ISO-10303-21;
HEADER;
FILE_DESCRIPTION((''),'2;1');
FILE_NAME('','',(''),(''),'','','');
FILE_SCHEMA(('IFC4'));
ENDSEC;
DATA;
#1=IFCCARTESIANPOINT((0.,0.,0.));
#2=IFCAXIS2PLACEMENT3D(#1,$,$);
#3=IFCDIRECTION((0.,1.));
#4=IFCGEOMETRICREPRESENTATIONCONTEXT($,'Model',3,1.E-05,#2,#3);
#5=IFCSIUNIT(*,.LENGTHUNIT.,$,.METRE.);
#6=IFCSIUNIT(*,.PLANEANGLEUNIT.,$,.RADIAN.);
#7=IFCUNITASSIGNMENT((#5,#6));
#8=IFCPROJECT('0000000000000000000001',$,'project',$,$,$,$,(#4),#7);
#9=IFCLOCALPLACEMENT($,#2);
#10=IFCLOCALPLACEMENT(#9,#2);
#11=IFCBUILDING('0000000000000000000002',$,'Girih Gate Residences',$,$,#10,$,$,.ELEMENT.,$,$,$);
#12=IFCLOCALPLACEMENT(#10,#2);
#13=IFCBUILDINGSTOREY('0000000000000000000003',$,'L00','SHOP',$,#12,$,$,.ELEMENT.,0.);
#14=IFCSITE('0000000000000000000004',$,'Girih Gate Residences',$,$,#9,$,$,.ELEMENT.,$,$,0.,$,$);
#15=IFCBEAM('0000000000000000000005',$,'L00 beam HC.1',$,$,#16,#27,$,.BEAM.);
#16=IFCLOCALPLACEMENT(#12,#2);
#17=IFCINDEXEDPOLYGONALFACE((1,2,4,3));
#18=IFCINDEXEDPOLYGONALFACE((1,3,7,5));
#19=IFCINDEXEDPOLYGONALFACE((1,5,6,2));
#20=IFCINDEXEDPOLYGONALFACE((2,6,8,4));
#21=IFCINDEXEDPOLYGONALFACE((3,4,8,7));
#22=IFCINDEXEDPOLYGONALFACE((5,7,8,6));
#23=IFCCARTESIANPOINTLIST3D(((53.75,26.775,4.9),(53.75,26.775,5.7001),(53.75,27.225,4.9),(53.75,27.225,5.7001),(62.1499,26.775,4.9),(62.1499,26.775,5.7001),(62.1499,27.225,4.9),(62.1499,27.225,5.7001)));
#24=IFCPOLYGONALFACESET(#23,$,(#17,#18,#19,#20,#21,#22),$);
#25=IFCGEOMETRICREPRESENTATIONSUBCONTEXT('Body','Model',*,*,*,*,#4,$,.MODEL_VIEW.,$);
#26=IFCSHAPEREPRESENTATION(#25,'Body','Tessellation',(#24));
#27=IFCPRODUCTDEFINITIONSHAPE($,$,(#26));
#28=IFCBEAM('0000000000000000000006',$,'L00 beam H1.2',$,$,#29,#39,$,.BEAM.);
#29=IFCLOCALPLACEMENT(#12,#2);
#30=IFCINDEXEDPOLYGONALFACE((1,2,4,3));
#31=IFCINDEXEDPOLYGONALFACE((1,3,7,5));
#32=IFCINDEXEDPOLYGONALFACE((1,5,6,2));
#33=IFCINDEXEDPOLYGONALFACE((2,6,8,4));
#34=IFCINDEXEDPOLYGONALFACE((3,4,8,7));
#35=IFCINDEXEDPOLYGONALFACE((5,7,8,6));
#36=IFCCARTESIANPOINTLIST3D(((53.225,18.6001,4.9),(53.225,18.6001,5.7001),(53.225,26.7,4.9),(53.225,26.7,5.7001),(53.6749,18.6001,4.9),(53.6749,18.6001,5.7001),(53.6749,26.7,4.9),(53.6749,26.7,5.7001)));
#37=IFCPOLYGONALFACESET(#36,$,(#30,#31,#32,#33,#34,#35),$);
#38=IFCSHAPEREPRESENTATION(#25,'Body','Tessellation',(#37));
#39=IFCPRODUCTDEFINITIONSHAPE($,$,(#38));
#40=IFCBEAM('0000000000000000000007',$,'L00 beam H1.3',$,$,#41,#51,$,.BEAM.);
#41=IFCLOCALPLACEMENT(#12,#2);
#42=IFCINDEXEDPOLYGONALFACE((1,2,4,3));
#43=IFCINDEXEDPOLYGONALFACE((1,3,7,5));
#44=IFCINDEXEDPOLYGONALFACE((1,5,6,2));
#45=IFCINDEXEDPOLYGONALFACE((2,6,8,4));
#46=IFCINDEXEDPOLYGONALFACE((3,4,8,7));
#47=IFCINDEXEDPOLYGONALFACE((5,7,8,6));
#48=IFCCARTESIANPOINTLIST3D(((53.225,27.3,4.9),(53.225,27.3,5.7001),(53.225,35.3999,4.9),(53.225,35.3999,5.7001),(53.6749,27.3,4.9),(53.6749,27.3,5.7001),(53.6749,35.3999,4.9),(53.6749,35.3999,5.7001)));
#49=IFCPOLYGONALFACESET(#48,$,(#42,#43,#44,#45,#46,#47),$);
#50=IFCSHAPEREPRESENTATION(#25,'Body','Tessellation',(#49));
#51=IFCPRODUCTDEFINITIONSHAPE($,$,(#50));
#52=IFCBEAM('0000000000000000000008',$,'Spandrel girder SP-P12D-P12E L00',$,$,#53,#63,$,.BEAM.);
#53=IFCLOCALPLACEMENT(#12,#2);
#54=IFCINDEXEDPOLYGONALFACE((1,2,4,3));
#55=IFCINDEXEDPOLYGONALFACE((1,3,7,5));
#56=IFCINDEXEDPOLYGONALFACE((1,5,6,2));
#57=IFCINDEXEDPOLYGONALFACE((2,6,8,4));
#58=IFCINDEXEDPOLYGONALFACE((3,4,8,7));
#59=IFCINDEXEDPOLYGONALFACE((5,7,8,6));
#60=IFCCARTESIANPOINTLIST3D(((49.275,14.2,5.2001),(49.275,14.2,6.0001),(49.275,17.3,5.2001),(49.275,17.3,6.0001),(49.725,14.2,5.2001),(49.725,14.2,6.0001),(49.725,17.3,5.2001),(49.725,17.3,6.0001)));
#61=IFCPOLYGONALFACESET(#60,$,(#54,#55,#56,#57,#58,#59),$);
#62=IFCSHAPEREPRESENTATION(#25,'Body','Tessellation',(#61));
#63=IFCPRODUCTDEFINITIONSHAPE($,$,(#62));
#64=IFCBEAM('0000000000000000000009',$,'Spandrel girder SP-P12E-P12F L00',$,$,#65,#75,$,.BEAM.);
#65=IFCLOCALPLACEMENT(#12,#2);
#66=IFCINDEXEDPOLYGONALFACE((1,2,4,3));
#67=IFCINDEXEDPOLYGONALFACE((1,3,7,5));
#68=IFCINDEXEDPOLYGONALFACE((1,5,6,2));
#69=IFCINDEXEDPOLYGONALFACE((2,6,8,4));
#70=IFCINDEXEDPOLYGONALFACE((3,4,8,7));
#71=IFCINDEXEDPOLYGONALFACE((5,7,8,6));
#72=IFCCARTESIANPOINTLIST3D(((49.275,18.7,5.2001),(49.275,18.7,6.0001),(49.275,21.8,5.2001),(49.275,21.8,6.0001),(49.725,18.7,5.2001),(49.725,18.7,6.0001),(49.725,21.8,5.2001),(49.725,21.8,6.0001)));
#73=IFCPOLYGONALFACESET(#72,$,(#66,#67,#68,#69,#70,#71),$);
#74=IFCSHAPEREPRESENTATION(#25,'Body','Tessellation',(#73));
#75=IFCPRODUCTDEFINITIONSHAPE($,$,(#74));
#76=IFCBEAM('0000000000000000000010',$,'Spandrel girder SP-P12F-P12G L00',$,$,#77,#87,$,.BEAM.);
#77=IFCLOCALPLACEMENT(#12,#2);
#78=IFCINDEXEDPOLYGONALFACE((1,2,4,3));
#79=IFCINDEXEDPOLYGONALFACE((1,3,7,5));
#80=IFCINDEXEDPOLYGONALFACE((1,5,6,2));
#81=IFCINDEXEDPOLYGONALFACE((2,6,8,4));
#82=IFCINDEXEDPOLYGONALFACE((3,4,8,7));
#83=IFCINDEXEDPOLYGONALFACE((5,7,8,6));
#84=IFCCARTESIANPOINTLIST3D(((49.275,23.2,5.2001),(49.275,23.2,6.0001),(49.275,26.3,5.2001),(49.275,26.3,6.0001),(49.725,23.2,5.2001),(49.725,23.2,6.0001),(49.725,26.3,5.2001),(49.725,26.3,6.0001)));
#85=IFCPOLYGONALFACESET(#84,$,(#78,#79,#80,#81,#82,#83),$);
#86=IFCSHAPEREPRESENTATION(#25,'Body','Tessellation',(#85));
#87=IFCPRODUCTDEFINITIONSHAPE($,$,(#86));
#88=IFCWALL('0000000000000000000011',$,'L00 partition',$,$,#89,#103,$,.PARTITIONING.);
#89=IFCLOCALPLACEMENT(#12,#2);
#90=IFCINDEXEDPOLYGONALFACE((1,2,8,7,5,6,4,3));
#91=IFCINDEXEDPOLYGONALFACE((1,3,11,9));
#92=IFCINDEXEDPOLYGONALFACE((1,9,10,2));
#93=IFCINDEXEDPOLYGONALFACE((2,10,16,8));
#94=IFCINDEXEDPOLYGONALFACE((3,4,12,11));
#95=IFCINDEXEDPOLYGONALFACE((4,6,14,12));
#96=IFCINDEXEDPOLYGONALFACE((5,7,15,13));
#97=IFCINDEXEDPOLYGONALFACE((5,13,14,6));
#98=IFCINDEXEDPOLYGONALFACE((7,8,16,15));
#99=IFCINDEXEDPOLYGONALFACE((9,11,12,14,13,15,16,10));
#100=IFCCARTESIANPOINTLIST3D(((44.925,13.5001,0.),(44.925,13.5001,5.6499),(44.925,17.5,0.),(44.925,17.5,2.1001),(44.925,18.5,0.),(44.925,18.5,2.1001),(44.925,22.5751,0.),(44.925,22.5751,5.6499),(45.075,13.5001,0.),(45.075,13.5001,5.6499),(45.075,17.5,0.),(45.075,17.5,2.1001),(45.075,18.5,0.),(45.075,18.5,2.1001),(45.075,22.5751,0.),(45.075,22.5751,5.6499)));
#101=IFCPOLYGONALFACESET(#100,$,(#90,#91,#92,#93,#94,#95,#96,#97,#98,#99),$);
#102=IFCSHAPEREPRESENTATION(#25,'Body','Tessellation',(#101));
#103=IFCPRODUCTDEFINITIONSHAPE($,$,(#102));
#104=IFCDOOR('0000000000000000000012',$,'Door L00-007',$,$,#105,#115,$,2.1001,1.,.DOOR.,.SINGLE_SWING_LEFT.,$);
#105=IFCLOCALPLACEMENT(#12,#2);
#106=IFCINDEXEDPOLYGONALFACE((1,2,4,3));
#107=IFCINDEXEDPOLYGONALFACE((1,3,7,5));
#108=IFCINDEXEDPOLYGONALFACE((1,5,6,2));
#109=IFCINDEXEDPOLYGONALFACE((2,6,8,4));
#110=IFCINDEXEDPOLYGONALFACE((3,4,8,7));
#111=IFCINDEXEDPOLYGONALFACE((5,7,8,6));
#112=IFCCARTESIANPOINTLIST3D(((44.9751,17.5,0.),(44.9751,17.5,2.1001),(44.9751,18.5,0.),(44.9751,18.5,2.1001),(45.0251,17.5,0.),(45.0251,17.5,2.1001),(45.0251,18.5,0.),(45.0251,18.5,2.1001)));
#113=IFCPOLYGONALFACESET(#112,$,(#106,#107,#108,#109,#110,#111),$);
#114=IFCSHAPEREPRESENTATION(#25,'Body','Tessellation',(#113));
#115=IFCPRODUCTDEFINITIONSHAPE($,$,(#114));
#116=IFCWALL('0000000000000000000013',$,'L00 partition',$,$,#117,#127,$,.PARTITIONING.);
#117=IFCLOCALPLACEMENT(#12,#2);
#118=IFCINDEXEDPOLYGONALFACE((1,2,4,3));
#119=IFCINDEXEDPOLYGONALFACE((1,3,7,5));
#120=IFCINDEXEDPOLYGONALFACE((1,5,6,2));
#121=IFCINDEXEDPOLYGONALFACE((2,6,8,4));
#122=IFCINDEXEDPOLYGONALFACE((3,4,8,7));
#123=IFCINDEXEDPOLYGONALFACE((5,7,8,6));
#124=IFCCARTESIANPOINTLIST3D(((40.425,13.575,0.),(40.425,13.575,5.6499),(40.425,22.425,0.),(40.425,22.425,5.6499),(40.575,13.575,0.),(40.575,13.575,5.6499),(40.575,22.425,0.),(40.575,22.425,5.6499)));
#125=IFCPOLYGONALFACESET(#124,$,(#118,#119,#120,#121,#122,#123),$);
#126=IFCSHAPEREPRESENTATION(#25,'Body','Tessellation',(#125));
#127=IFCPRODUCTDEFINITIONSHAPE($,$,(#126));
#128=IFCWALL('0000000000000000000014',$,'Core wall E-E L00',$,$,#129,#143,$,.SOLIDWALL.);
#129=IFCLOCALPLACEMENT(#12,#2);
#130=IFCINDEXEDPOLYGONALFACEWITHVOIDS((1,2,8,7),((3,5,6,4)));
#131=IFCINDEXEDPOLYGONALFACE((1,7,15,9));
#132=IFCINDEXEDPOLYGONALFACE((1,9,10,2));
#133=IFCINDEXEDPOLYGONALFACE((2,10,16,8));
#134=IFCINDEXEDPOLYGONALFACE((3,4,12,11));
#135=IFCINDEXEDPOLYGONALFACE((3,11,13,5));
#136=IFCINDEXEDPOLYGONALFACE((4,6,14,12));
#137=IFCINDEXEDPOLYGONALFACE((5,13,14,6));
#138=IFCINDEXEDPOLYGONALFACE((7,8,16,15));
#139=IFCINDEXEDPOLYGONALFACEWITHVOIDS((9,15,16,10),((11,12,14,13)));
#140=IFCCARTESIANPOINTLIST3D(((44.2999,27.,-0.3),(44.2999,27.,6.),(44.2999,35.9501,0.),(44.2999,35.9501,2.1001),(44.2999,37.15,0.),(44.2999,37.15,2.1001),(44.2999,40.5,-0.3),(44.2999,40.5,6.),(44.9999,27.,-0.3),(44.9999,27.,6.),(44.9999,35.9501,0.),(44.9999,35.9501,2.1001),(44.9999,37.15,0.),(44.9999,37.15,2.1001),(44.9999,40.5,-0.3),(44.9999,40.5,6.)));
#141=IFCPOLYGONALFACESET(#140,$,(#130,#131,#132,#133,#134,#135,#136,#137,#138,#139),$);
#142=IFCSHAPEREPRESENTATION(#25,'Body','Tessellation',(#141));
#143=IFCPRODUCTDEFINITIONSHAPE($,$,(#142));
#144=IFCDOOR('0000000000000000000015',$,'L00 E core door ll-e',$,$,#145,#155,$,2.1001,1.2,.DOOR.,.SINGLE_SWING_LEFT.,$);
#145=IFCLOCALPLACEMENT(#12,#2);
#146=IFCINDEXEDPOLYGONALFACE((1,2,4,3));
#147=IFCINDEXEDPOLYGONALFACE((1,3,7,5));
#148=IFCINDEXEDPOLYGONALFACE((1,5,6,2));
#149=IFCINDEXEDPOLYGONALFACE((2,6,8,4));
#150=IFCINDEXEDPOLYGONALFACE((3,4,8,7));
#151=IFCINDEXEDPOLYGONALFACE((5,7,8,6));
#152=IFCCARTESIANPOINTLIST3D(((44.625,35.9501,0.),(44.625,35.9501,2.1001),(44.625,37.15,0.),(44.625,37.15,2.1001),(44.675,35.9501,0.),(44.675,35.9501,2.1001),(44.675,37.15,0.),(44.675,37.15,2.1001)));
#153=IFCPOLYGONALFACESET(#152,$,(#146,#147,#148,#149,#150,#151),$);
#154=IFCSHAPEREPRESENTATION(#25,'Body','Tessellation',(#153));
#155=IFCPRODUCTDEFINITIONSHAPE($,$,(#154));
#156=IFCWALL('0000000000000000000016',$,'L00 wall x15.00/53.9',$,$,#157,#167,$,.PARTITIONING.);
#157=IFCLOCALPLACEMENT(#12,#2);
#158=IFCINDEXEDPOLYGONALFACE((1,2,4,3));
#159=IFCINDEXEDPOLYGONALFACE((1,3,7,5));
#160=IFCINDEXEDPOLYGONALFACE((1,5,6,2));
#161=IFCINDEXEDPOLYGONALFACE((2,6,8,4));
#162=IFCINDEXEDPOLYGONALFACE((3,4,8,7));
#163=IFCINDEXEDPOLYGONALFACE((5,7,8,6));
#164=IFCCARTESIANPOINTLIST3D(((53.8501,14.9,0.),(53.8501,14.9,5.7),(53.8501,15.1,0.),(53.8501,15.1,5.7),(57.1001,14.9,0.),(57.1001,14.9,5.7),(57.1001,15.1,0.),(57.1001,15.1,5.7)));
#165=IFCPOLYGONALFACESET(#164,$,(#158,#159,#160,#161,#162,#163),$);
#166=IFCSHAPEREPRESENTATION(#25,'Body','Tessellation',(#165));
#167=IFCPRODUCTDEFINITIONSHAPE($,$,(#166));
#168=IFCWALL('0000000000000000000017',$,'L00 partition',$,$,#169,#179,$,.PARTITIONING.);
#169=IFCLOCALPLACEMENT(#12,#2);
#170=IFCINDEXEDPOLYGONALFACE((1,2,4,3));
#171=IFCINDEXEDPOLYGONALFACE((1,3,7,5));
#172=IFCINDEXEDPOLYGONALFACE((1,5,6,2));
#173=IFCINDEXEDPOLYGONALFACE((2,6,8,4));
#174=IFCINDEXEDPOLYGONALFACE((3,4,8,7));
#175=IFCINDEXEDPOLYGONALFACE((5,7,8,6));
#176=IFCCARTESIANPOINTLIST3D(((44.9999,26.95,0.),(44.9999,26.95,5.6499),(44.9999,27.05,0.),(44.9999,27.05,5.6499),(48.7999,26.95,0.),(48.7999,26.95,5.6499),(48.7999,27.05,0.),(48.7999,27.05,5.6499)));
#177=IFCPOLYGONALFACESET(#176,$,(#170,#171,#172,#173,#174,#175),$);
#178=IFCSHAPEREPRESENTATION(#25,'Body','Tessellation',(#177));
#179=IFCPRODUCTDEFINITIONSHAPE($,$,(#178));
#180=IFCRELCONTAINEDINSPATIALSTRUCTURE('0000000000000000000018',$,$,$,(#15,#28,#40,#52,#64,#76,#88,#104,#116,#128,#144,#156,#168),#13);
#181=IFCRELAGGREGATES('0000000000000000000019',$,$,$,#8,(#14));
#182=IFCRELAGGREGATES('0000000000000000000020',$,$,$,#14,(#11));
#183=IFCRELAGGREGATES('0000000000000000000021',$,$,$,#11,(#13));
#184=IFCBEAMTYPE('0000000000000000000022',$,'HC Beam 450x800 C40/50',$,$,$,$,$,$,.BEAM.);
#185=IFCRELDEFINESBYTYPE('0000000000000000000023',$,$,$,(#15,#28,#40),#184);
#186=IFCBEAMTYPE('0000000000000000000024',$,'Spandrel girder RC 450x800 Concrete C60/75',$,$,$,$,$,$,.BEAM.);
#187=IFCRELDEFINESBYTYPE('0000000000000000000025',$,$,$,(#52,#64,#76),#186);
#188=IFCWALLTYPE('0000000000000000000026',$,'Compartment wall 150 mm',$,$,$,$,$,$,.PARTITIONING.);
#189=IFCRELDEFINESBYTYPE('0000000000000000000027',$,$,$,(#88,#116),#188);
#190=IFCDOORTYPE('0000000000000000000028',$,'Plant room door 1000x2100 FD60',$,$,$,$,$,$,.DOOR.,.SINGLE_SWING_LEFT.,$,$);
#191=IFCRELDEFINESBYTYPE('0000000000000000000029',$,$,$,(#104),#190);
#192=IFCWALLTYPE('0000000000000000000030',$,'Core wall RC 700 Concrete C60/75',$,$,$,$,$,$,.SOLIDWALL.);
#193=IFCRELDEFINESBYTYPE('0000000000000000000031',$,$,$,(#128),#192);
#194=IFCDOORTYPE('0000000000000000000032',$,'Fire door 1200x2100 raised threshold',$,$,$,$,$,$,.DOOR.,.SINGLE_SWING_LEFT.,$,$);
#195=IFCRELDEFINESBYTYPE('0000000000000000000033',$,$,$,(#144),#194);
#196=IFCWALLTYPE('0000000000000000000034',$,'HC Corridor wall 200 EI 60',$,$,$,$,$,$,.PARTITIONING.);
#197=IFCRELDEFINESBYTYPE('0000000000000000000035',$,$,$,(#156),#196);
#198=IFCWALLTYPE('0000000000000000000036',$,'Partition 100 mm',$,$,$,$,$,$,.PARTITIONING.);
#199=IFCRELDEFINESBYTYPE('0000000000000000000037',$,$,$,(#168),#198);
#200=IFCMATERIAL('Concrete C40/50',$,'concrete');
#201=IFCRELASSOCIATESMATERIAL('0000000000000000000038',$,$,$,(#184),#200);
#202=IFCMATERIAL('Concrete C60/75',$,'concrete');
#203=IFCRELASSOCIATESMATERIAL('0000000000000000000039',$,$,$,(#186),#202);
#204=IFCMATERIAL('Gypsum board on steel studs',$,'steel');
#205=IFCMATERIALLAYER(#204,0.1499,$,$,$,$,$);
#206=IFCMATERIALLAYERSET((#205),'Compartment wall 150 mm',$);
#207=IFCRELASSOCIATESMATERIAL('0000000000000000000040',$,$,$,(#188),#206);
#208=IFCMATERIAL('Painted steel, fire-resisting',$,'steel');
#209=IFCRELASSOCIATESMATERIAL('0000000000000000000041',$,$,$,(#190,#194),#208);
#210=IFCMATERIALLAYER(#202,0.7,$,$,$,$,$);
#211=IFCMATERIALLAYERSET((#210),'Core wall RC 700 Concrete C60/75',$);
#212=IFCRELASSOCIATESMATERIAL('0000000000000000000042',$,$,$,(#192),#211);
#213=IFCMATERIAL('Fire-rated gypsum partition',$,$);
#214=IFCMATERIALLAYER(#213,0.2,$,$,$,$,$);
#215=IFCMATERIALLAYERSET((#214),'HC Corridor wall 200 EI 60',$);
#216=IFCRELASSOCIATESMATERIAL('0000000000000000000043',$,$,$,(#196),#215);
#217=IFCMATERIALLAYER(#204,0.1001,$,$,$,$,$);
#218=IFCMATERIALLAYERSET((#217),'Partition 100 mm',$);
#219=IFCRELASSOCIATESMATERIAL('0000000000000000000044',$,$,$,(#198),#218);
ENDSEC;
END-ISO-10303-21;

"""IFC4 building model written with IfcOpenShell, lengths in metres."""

from ifc_helpers import new_model, si_unit, direction, frame, frame_2d, origin, origin_2d, place, context, subcontext, project, spatial, rectangle, extrude, material, layer, layer_set, material_profile, profile_set, type_object, element, fill, save


model = new_model("IFC4")

# Units and contexts
model_context = context("Model", 3, precision=1e-05, world=origin(), true_north=direction((0.0, 1.0)))
body_context = subcontext(model_context, "Body", "Model", "MODEL_VIEW")
ifc_project = project(units=[si_unit("LENGTHUNIT", "METRE"), si_unit("PLANEANGLEUNIT", "RADIAN")], contexts=[model_context])

# Site, building, storey
site_placement = place(None, origin())
site = spatial("IfcSite", under=ifc_project, at=site_placement, Name="Girih Gate Residences", CompositionType="ELEMENT", RefElevation=0.0)
building_placement = place(site_placement, origin())
building = spatial("IfcBuilding", under=site, at=building_placement, Name="Girih Gate Residences", CompositionType="ELEMENT")
storey_placement = place(building_placement, origin())
storey = spatial("IfcBuildingStorey", under=building, at=storey_placement, Name="L00", Description="SHOP", CompositionType="ELEMENT", Elevation=0.0)

# Shared definitions
ifc_material_1 = material(Name="Concrete C40/50", Category="concrete")

# Beams
ifc_material_profile_1 = material_profile(ifc_material_1, rectangle(XDim=0.45, YDim=0.8, at=origin_2d()))
ifc_profile_set_1 = profile_set([ifc_material_profile_1], Name="Concrete C40/50")
beam_type_1 = type_object("IfcBeamType", Name="HC Beam 450x800 C40/50", PredefinedType="BEAM", material=ifc_profile_set_1)
beam_placement = place(storey_placement, frame((53.75, 27.0, 5.3), z_axis=(1.0, 0.0, 0.0), x_axis=(0.0, 1.0, 0.0)))
element("IfcBeam", 1, at=beam_placement, inside=storey, type_object=beam_type_1, Name="L00 beam HC.1", PredefinedType="BEAM", context=body_context, shape_type="SweptSolid", body=[
    extrude(rectangle(XDim=0.45, YDim=0.8, at=origin_2d()), origin(), (0.0, 0.0, 1.0), 8.3999),
])
for number, where, z_axis, x_axis, name in (
    (2, (53.45, 18.6001, 5.3), (0.0, 1.0, 0.0), (-1.0, 0.0, 0.0), "L00 beam H1.2"),
    (3, (53.45, 27.3, 5.3), (0.0, 1.0, 0.0), (-1.0, 0.0, 0.0), "L00 beam H1.3"),
):
    element("IfcBeam", number, at=place(storey_placement, frame(where, z_axis=z_axis, x_axis=x_axis)), inside=storey, type_object=beam_type_1, Name=name, PredefinedType="BEAM", context=body_context, shape_type="SweptSolid", body=[
        extrude(rectangle(XDim=0.45, YDim=0.8, at=origin_2d()), origin(), (0.0, 0.0, 1.0), 8.0999),
    ])
ifc_material_2 = material(Name="Concrete C60/75", Category="concrete")
ifc_material_profile_2 = material_profile(ifc_material_2, rectangle(XDim=0.45, YDim=0.8, at=origin_2d()))
ifc_profile_set_2 = profile_set([ifc_material_profile_2], Name="Concrete C60/75")
beam_type_2 = type_object("IfcBeamType", Name="Spandrel girder RC 450x800 Concrete C60/75", PredefinedType="BEAM", material=ifc_profile_set_2)
for number, where, z_axis, x_axis, name in (
    (4, (49.5, 14.2, 5.6001), (0.0, 1.0, 0.0), (-1.0, 0.0, 0.0), "Spandrel girder SP-P12D-P12E L00"),
    (5, (49.5, 18.7, 5.6001), (0.0, 1.0, 0.0), (-1.0, 0.0, 0.0), "Spandrel girder SP-P12E-P12F L00"),
    (6, (49.5, 23.2, 5.6001), (0.0, 1.0, 0.0), (-1.0, 0.0, 0.0), "Spandrel girder SP-P12F-P12G L00"),
):
    element("IfcBeam", number, at=place(storey_placement, frame(where, z_axis=z_axis, x_axis=x_axis)), inside=storey, type_object=beam_type_2, Name=name, PredefinedType="BEAM", context=body_context, shape_type="SweptSolid", body=[
        extrude(rectangle(XDim=0.45, YDim=0.8, at=origin_2d()), origin(), (0.0, 0.0, 1.0), 3.1001),
    ])

# Wall, opening, door
ifc_material_3 = material(Name="Gypsum board on steel studs", Category="steel")
ifc_layer_1 = layer(ifc_material_3, 0.1499)
ifc_layer_set_1 = layer_set([ifc_layer_1], Name="Compartment wall 150 mm")
wall_type_1 = type_object("IfcWallType", Name="Compartment wall 150 mm", PredefinedType="PARTITIONING", material=ifc_layer_set_1)
wall_1_placement = place(storey_placement, frame((45.0, 13.5, 0.0), z_axis=(0.0, 0.0, 1.0), x_axis=(0.0, 1.0, 0.0)))
wall_1 = element("IfcWall", 7, at=wall_1_placement, inside=storey, type_object=wall_type_1, Name="L00 partition", PredefinedType="PARTITIONING", context=body_context, shape_type="SweptSolid", body=[
    extrude(rectangle(XDim=9.075, YDim=0.1499, at=frame_2d((4.5376, 0.0))), origin(), (0.0, 0.0, 1.0), 5.6499),
])
opening_1_placement = place(wall_1_placement, frame((4.0, 0.0, 0.0)))
opening_1 = element("IfcOpeningElement", 8, at=opening_1_placement, cuts=wall_1, PredefinedType="OPENING", context=body_context, shape_type="SweptSolid", body=[
    extrude(rectangle(XDim=1.0, YDim=2.1001, at=frame_2d((0.5, 1.05))), frame((0.0, 0.085, 0.0), z_axis=(0.0, -1.0, 0.0), x_axis=(1.0, 0.0, 0.0)), (0.0, 0.0, 1.0), 0.1699),
])
ifc_material_4 = material(Name="Painted steel, fire-resisting", Category="steel")
door_type_1 = type_object("IfcDoorType", Name="Plant room door 1000x2100 FD60", OperationType="SINGLE_SWING_LEFT", PredefinedType="DOOR", material=ifc_material_4)
door_1_placement = place(opening_1_placement, origin())
door_1 = element("IfcDoor", 9, at=door_1_placement, inside=storey, type_object=door_type_1, Name="Door L00-007", OperationType="SINGLE_SWING_LEFT", OverallHeight=2.1001, OverallWidth=1.0, PredefinedType="DOOR", context=body_context, shape_type="SweptSolid", body=[
    extrude(rectangle(XDim=1.0, YDim=2.1001, at=frame_2d((0.5, 1.05))), frame((0.0, 0.0249, 0.0), z_axis=(0.0, -1.0, 0.0), x_axis=(1.0, 0.0, 0.0)), (0.0, 0.0, 1.0), 0.05),
])
fill(opening_1, door_1)

# Wall
wall_2_placement = place(storey_placement, frame((40.5, 13.575, 0.0), z_axis=(0.0, 0.0, 1.0), x_axis=(0.0, 1.0, 0.0)))
element("IfcWall", 10, at=wall_2_placement, inside=storey, type_object=wall_type_1, Name="L00 partition", PredefinedType="PARTITIONING", context=body_context, shape_type="SweptSolid", body=[
    extrude(rectangle(XDim=8.8501, YDim=0.1499, at=frame_2d((4.425, 0.0))), origin(), (0.0, 0.0, 1.0), 5.6499),
])

# Wall, opening, door
ifc_layer_2 = layer(ifc_material_2, 0.7)
ifc_layer_set_2 = layer_set([ifc_layer_2], Name="Core wall RC 700 Concrete C60/75")
wall_type_2 = type_object("IfcWallType", Name="Core wall RC 700 Concrete C60/75", PredefinedType="SOLIDWALL", material=ifc_layer_set_2)
wall_3_placement = place(storey_placement, frame((44.6499, 27.0, -0.3), z_axis=(0.0, 0.0, 1.0), x_axis=(0.0, 1.0, 0.0)))
wall_3 = element("IfcWall", 11, at=wall_3_placement, inside=storey, type_object=wall_type_2, Name="Core wall E-E L00", PredefinedType="SOLIDWALL", context=body_context, shape_type="SweptSolid", body=[
    extrude(rectangle(XDim=13.5, YDim=0.7, at=frame_2d((6.75, 0.0))), origin(), (0.0, 0.0, 1.0), 6.3),
])
opening_2_placement = place(wall_3_placement, frame((8.95, 0.0, 0.3)))
opening_2 = element("IfcOpeningElement", 12, at=opening_2_placement, cuts=wall_3, PredefinedType="OPENING", context=body_context, shape_type="SweptSolid", body=[
    extrude(rectangle(XDim=1.2, YDim=2.1001, at=frame_2d((0.6001, 1.05))), frame((0.0, 0.3599, 0.0), z_axis=(0.0, -1.0, 0.0), x_axis=(1.0, 0.0, 0.0)), (0.0, 0.0, 1.0), 0.72),
])
door_type_2 = type_object("IfcDoorType", Name="Fire door 1200x2100 raised threshold", OperationType="SINGLE_SWING_LEFT", PredefinedType="DOOR", material=ifc_material_4)
door_2_placement = place(opening_2_placement, origin())
door_2 = element("IfcDoor", 13, at=door_2_placement, inside=storey, type_object=door_type_2, Name="L00 E core door ll-e", OperationType="SINGLE_SWING_LEFT", OverallHeight=2.1001, OverallWidth=1.2, PredefinedType="DOOR", context=body_context, shape_type="SweptSolid", body=[
    extrude(rectangle(XDim=1.2, YDim=2.1001, at=frame_2d((0.6001, 1.05))), frame((0.0, 0.0249, 0.0), z_axis=(0.0, -1.0, 0.0), x_axis=(1.0, 0.0, 0.0)), (0.0, 0.0, 1.0), 0.05),
])
fill(opening_2, door_2)

# Walls
ifc_material_5 = material(Name="Fire-rated gypsum partition")
ifc_layer_3 = layer(ifc_material_5, 0.2)
ifc_layer_set_3 = layer_set([ifc_layer_3], Name="HC Corridor wall 200 EI 60")
wall_type_3 = type_object("IfcWallType", Name="HC Corridor wall 200 EI 60", PredefinedType="PARTITIONING", material=ifc_layer_set_3)
wall_4_placement = place(storey_placement, frame((53.8501, 15.0, 0.0), z_axis=(0.0, 0.0, 1.0), x_axis=(1.0, 0.0, 0.0)))
element("IfcWall", 14, at=wall_4_placement, inside=storey, type_object=wall_type_3, Name="L00 wall x15.00/53.9", PredefinedType="PARTITIONING", context=body_context, shape_type="SweptSolid", body=[
    extrude(rectangle(XDim=3.25, YDim=0.2, at=frame_2d((1.625, 0.0))), origin(), (0.0, 0.0, 1.0), 5.7),
])
ifc_layer_4 = layer(ifc_material_3, 0.1001)
ifc_layer_set_4 = layer_set([ifc_layer_4], Name="Partition 100 mm")
wall_type_4 = type_object("IfcWallType", Name="Partition 100 mm", PredefinedType="PARTITIONING", material=ifc_layer_set_4)
wall_5_placement = place(storey_placement, frame((45.0, 27.0, 0.0), z_axis=(0.0, 0.0, 1.0), x_axis=(1.0, 0.0, 0.0)))
element("IfcWall", 15, at=wall_5_placement, inside=storey, type_object=wall_type_4, Name="L00 partition", PredefinedType="PARTITIONING", context=body_context, shape_type="SweptSolid", body=[
    extrude(rectangle(XDim=3.8, YDim=0.1001, at=frame_2d((1.8999, 0.0))), origin(), (0.0, 0.0, 1.0), 5.6499),
])

save(model, "model.ifc")
